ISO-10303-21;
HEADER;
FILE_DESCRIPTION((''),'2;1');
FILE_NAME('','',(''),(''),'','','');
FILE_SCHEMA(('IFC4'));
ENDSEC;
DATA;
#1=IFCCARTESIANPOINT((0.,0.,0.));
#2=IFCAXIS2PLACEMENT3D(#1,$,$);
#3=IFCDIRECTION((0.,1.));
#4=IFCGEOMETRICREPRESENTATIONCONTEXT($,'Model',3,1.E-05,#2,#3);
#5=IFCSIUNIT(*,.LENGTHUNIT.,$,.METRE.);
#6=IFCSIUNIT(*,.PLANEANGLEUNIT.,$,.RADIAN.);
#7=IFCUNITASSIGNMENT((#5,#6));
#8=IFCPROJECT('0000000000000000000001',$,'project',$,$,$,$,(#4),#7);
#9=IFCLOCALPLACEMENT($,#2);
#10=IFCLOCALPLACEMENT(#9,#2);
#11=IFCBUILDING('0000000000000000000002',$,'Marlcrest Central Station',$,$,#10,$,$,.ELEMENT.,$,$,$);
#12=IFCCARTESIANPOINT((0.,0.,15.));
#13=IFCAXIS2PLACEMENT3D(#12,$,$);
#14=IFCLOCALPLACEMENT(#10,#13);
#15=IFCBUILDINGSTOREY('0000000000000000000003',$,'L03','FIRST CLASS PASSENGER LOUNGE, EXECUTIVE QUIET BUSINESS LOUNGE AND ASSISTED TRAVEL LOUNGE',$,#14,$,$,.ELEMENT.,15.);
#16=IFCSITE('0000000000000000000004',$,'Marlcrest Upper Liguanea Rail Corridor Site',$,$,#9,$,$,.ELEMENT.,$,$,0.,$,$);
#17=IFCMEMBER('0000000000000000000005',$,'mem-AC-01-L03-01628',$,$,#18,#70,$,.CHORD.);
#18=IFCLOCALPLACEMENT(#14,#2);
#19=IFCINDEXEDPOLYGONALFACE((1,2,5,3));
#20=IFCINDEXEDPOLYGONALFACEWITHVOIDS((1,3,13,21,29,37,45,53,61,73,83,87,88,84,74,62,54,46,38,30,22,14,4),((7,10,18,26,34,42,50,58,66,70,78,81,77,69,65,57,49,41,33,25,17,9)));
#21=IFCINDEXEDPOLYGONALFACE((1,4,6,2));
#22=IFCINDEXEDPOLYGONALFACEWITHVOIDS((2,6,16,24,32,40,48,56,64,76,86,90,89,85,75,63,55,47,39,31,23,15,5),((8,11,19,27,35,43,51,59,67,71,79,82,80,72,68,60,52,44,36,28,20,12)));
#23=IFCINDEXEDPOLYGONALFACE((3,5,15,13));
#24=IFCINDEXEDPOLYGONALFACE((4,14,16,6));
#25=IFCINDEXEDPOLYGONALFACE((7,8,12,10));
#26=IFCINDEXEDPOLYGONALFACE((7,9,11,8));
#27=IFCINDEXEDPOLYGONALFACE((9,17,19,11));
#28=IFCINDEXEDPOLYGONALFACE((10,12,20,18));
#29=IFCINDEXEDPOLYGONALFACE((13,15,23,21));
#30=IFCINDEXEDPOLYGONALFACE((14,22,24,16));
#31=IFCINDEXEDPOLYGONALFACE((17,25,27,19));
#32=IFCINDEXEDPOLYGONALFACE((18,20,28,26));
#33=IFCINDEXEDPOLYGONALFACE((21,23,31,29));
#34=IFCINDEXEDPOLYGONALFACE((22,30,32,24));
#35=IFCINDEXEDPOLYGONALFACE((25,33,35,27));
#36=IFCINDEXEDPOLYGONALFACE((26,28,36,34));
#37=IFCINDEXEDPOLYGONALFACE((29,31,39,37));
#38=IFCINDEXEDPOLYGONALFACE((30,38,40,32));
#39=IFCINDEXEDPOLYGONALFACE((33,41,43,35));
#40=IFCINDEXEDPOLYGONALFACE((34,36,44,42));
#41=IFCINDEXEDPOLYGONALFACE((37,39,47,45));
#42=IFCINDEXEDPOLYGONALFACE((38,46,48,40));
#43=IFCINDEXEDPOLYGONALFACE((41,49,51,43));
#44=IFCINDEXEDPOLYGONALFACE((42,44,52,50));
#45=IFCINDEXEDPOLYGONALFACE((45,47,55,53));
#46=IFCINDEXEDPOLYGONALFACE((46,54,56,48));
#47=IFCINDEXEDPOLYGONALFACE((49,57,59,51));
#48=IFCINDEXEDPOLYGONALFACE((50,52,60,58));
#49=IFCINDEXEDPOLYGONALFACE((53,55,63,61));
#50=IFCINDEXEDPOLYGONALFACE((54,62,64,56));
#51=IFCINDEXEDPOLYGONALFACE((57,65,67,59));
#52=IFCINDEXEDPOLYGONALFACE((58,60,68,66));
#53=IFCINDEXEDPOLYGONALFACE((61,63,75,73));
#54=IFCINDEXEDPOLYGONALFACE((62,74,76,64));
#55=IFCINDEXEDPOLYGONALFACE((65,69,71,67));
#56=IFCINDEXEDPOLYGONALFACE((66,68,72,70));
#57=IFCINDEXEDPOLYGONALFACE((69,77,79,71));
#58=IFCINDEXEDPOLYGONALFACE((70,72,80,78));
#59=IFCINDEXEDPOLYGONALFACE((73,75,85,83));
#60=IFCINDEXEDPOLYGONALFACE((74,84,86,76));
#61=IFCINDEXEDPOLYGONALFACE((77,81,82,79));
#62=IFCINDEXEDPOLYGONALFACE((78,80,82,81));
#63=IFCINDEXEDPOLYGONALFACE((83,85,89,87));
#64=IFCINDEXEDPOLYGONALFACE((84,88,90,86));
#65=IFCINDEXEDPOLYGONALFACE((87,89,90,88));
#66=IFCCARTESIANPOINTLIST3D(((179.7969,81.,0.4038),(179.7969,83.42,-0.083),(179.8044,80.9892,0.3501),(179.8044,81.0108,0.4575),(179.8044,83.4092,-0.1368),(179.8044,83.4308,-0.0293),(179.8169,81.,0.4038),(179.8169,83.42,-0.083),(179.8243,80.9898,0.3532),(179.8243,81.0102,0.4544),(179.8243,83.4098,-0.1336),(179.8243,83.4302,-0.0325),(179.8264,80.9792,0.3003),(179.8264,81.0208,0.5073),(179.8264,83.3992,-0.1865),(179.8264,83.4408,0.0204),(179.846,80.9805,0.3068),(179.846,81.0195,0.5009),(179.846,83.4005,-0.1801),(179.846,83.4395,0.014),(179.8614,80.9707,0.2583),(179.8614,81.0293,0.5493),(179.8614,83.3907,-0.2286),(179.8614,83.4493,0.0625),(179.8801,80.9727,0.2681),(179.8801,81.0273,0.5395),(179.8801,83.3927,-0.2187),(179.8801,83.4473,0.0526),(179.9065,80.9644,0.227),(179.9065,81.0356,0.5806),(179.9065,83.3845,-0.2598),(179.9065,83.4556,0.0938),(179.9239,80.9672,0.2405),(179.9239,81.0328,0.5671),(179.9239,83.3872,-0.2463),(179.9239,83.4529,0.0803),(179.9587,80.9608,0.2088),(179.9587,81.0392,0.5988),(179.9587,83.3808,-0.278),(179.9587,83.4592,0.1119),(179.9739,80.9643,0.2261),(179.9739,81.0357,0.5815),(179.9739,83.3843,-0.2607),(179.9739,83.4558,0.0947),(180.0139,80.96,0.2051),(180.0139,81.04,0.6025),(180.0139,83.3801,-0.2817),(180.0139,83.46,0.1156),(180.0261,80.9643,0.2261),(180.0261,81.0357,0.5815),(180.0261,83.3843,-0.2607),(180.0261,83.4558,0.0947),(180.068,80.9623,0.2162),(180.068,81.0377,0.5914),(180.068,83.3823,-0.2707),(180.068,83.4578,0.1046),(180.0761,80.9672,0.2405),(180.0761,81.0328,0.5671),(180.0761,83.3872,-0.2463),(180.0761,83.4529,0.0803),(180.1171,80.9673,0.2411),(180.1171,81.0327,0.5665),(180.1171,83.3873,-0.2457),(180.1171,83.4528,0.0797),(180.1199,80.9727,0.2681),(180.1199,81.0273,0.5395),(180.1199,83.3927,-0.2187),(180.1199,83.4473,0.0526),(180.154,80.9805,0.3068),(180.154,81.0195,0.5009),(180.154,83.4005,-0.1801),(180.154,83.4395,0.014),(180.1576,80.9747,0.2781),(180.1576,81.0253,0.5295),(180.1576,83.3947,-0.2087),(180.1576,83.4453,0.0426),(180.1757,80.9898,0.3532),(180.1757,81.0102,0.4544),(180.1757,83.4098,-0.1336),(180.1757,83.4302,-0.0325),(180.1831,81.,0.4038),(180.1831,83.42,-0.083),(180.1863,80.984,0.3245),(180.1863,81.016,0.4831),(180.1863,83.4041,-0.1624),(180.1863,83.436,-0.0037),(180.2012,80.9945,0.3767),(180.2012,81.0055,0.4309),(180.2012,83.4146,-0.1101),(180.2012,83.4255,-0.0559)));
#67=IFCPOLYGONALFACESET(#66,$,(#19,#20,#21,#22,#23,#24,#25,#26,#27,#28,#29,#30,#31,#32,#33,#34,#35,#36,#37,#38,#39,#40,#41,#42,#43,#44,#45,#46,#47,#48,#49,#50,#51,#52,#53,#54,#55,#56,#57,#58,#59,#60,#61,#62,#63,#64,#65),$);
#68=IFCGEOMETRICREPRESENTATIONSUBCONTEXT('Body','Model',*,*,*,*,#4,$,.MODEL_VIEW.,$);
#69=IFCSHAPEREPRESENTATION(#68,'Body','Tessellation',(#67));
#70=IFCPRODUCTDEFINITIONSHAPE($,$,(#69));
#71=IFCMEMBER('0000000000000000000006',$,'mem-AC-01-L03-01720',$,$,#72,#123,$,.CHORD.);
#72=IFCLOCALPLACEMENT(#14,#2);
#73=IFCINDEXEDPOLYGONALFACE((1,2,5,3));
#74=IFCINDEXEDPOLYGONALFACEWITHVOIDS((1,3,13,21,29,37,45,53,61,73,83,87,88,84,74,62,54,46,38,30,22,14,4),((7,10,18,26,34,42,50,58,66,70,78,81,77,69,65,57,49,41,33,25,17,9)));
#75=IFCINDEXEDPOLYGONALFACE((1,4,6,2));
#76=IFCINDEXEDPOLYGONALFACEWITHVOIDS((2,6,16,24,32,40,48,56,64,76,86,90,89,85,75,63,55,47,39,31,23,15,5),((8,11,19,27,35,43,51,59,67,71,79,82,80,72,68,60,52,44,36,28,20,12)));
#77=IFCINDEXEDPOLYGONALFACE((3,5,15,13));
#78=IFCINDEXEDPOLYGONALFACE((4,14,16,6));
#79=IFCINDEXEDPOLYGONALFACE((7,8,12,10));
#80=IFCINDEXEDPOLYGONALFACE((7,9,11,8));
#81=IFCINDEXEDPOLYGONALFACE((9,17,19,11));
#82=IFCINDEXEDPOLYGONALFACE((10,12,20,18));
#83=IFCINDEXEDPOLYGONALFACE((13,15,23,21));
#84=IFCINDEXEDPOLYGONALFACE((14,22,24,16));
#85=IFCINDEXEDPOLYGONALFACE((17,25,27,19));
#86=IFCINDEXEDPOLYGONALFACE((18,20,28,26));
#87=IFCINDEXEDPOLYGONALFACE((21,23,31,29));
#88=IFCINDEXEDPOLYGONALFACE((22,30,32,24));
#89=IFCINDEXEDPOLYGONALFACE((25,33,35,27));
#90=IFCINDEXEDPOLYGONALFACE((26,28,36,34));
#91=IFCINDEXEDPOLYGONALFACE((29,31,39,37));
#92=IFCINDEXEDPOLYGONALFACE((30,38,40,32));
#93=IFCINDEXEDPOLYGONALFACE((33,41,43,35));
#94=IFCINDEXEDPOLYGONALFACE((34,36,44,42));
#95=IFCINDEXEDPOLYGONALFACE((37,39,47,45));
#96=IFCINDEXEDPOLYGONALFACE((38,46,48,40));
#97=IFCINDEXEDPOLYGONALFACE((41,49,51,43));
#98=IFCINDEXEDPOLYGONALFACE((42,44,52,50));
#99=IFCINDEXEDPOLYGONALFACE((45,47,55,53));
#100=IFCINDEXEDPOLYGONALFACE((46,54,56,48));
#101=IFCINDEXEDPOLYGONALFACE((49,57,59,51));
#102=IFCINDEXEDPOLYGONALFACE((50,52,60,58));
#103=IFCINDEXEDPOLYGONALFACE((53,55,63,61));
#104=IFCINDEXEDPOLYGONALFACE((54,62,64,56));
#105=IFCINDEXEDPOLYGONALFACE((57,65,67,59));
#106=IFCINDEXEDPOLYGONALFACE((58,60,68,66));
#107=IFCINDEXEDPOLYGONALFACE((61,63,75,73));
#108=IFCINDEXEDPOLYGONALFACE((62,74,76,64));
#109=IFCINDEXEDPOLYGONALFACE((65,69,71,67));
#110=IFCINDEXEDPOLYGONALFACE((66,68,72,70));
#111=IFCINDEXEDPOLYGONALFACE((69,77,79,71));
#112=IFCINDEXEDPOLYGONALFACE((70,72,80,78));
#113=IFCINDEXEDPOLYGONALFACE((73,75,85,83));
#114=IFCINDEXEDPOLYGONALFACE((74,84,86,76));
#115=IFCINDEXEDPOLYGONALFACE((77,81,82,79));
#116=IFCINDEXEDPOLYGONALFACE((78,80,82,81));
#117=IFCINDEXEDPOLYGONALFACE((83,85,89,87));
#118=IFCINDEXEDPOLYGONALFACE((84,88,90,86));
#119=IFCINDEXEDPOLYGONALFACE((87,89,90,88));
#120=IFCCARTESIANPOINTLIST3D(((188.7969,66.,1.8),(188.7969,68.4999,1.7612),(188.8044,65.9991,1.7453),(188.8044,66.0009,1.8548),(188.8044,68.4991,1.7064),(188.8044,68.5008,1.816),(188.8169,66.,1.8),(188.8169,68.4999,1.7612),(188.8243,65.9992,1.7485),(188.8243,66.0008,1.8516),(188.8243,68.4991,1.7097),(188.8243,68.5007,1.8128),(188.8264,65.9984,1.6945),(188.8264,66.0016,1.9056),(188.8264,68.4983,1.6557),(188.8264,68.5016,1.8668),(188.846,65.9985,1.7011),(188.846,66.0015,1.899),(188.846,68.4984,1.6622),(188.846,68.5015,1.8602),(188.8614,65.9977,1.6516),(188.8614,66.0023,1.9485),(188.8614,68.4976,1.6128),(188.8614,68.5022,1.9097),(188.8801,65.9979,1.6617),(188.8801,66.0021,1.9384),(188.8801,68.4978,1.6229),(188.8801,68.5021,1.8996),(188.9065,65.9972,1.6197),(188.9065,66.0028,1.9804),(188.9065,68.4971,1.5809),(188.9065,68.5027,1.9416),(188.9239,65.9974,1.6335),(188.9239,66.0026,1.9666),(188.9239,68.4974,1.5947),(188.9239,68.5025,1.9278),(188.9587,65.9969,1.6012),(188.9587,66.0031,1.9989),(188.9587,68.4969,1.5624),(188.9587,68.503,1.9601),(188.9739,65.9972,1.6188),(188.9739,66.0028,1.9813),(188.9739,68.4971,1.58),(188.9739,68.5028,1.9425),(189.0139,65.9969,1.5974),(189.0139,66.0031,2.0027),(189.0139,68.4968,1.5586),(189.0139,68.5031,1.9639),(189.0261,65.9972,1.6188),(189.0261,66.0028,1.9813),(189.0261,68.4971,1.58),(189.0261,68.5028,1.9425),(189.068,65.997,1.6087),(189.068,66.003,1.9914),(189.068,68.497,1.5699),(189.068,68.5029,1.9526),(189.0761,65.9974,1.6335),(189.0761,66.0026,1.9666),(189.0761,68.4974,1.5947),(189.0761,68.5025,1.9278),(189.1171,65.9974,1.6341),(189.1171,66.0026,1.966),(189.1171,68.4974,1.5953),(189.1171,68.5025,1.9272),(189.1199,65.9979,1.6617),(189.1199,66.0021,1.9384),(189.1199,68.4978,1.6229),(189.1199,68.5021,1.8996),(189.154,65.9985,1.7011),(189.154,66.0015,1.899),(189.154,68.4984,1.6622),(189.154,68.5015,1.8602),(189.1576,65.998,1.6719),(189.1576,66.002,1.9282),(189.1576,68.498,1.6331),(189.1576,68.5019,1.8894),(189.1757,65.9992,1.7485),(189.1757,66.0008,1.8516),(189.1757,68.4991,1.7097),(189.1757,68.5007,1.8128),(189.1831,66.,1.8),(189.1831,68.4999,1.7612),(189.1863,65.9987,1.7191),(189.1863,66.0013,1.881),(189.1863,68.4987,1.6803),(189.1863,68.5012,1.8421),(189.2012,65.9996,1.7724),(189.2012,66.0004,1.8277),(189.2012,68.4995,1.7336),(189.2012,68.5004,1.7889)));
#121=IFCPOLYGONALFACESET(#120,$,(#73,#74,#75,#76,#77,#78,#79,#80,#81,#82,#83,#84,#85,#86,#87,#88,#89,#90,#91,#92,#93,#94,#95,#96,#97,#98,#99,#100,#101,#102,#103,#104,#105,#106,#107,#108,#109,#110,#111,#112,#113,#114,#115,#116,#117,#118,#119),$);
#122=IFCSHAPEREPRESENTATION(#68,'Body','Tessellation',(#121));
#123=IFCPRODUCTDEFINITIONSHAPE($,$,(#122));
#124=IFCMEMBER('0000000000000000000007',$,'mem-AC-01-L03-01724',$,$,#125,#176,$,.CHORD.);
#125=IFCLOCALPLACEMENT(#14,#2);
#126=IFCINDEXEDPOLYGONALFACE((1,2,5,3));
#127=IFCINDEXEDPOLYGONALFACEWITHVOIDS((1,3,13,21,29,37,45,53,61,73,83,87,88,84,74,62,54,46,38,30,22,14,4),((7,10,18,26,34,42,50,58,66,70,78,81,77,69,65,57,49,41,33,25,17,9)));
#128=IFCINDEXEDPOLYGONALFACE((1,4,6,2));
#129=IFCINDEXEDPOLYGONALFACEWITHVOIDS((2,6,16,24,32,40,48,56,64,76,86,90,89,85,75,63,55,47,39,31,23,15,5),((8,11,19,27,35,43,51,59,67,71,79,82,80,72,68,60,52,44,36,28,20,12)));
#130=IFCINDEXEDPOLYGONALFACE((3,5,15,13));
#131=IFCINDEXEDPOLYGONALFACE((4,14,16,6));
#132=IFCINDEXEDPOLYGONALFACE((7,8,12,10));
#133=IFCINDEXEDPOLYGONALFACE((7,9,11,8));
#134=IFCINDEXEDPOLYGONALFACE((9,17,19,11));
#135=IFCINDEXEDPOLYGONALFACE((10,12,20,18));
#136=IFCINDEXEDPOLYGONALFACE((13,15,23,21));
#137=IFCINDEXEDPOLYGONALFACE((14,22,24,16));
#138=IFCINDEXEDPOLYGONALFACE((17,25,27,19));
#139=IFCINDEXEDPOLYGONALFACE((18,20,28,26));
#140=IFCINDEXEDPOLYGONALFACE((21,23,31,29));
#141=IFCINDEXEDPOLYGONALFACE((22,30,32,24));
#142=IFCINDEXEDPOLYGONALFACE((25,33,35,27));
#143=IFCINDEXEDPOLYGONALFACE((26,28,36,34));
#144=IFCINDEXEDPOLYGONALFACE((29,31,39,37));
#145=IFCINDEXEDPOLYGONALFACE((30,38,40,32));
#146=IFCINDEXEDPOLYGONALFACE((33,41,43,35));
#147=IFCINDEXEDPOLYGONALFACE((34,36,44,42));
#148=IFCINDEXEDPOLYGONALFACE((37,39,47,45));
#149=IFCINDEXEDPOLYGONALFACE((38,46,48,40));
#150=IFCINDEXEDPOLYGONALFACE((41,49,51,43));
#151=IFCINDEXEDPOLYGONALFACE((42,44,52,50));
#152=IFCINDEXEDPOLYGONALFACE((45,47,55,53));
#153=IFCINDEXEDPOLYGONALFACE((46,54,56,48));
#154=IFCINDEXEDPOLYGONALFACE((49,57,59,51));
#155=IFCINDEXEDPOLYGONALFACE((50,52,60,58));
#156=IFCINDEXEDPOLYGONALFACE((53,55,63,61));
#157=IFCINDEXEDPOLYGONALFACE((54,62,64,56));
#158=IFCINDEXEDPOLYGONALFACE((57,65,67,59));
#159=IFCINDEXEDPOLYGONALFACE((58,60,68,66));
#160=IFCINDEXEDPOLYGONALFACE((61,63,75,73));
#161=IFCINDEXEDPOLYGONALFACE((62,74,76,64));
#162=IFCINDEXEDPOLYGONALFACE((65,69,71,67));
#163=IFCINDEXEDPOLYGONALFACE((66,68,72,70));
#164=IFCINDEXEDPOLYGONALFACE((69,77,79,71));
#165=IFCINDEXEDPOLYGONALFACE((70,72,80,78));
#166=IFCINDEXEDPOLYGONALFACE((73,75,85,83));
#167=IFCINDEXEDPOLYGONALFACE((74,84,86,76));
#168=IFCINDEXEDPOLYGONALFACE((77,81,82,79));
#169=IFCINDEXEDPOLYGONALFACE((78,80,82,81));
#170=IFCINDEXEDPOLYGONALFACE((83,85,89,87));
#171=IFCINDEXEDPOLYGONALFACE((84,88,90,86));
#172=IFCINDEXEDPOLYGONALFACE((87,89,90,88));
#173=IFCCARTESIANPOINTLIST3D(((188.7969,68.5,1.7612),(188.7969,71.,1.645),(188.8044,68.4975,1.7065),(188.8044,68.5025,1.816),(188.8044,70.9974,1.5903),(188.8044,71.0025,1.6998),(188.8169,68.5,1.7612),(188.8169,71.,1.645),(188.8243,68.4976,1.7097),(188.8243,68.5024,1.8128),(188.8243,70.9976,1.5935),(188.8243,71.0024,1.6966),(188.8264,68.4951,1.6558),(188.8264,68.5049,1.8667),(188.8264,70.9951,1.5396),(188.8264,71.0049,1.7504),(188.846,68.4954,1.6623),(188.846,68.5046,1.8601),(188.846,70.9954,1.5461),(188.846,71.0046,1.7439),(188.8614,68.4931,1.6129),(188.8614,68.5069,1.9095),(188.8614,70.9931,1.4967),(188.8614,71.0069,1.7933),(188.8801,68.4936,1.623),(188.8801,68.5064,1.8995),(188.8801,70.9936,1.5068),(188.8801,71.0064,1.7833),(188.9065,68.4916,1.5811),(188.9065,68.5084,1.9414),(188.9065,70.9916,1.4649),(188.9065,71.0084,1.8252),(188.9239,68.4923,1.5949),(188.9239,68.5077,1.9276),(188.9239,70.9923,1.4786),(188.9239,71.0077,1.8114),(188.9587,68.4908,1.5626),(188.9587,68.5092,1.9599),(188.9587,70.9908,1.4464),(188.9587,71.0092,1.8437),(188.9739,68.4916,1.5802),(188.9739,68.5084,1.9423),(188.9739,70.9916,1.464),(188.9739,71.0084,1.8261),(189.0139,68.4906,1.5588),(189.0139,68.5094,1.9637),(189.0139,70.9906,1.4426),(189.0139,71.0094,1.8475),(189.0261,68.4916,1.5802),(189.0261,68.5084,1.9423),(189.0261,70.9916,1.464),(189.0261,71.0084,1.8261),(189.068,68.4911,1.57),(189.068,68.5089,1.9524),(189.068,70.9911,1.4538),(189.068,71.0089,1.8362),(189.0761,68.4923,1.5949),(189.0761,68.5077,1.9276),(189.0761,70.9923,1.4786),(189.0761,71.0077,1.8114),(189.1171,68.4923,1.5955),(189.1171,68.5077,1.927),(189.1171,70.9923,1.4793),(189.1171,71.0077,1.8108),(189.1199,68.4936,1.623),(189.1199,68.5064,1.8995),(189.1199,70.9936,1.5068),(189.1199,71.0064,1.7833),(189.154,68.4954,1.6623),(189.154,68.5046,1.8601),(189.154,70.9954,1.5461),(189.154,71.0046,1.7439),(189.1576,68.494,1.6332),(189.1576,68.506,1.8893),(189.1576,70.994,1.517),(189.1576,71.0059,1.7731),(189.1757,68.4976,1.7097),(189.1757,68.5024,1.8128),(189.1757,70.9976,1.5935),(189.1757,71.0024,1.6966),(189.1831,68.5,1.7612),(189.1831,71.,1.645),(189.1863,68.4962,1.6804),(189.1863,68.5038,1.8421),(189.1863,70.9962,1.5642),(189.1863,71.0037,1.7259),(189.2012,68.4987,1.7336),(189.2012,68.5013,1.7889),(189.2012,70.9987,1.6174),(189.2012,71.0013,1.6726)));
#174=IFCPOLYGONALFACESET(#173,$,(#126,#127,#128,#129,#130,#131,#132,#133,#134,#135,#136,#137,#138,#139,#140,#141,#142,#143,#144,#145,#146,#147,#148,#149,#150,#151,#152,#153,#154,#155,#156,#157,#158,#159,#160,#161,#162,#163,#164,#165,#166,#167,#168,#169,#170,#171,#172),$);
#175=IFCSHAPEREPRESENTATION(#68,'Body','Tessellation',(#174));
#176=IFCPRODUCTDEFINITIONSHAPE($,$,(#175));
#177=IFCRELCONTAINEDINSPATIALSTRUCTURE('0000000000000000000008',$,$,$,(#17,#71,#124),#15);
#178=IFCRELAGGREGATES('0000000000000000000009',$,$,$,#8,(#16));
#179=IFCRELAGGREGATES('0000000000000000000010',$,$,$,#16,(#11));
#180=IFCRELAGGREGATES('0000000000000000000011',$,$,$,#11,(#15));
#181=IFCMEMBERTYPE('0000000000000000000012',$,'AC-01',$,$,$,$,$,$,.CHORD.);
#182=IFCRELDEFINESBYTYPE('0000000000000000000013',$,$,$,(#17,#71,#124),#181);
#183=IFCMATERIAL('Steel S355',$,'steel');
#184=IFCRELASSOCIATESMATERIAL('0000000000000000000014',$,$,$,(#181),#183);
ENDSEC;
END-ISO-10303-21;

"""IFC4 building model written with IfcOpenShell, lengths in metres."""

from ifc_helpers import new_model, si_unit, direction, frame, origin, origin_2d, place, context, subcontext, project, spatial, hollow_circle, extrude, material, material_profile, profile_set, type_object, element, save


model = new_model("IFC4")

# Units and contexts
model_context = context("Model", 3, precision=1e-05, world=origin(), true_north=direction((0.0, 1.0)))
body_context = subcontext(model_context, "Body", "Model", "MODEL_VIEW")
ifc_project = project(units=[si_unit("LENGTHUNIT", "METRE"), si_unit("PLANEANGLEUNIT", "RADIAN")], contexts=[model_context])

# Site, building, storey
site_placement = place(None, origin())
site = spatial("IfcSite", under=ifc_project, at=site_placement, Name="Marlcrest Upper Liguanea Rail Corridor Site", CompositionType="ELEMENT", RefElevation=0.0)
building_placement = place(site_placement, origin())
building = spatial("IfcBuilding", under=site, at=building_placement, Name="Marlcrest Central Station", CompositionType="ELEMENT")
storey_placement = place(building_placement, frame((0.0, 0.0, 15.0)))
storey = spatial("IfcBuildingStorey", under=building, at=storey_placement, Name="L03", Description="FIRST CLASS PASSENGER LOUNGE, EXECUTIVE QUIET BUSINESS LOUNGE AND ASSISTED TRAVEL LOUNGE", CompositionType="ELEMENT", Elevation=15.0)

# Members
ifc_material_1 = material(Name="Steel S355", Category="steel")
ifc_material_profile_1 = material_profile(ifc_material_1, hollow_circle(Radius=0.2031, WallThickness=0.02, at=origin_2d()), Name="CHS 406.4x20")
ifc_profile_set_1 = profile_set([ifc_material_profile_1], Name="Steel S355")
member_type_1 = type_object("IfcMemberType", Name="AC-01", PredefinedType="CHORD", material=ifc_profile_set_1)
member_1_placement = place(storey_placement, frame((180.0, 81.0, 0.4038), z_axis=(0.0, 0.980359, -0.197219), x_axis=(-1.0, 0.0, 0.0)))
element("IfcMember", 1, at=member_1_placement, inside=storey, type_object=member_type_1, Name="mem-AC-01-L03-01628", PredefinedType="CHORD", context=body_context, shape_type="SweptSolid", body=[
    extrude(hollow_circle(Radius=0.2031, WallThickness=0.02, at=origin_2d()), origin(), (0.0, 0.0, 1.0), 2.4685),
])
member_2_placement = place(storey_placement, frame((189.0, 66.0, 1.8), z_axis=(0.0, 0.999879, -0.015525), x_axis=(-1.0, 0.0, 0.0)))
element("IfcMember", 2, at=member_2_placement, inside=storey, type_object=member_type_1, Name="mem-AC-01-L03-01720", PredefinedType="CHORD", context=body_context, shape_type="SweptSolid", body=[
    extrude(hollow_circle(Radius=0.2031, WallThickness=0.02, at=origin_2d()), origin(), (0.0, 0.0, 1.0), 2.5002),
])
member_3_placement = place(storey_placement, frame((189.0, 68.5, 1.7612), z_axis=(0.0, 0.998921, -0.046434), x_axis=(-1.0, 0.0, 0.0)))
element("IfcMember", 3, at=member_3_placement, inside=storey, type_object=member_type_1, Name="mem-AC-01-L03-01724", PredefinedType="CHORD", context=body_context, shape_type="SweptSolid", body=[
    extrude(hollow_circle(Radius=0.2031, WallThickness=0.02, at=origin_2d()), origin(), (0.0, 0.0, 1.0), 2.5027),
])

save(model, "model.ifc")
